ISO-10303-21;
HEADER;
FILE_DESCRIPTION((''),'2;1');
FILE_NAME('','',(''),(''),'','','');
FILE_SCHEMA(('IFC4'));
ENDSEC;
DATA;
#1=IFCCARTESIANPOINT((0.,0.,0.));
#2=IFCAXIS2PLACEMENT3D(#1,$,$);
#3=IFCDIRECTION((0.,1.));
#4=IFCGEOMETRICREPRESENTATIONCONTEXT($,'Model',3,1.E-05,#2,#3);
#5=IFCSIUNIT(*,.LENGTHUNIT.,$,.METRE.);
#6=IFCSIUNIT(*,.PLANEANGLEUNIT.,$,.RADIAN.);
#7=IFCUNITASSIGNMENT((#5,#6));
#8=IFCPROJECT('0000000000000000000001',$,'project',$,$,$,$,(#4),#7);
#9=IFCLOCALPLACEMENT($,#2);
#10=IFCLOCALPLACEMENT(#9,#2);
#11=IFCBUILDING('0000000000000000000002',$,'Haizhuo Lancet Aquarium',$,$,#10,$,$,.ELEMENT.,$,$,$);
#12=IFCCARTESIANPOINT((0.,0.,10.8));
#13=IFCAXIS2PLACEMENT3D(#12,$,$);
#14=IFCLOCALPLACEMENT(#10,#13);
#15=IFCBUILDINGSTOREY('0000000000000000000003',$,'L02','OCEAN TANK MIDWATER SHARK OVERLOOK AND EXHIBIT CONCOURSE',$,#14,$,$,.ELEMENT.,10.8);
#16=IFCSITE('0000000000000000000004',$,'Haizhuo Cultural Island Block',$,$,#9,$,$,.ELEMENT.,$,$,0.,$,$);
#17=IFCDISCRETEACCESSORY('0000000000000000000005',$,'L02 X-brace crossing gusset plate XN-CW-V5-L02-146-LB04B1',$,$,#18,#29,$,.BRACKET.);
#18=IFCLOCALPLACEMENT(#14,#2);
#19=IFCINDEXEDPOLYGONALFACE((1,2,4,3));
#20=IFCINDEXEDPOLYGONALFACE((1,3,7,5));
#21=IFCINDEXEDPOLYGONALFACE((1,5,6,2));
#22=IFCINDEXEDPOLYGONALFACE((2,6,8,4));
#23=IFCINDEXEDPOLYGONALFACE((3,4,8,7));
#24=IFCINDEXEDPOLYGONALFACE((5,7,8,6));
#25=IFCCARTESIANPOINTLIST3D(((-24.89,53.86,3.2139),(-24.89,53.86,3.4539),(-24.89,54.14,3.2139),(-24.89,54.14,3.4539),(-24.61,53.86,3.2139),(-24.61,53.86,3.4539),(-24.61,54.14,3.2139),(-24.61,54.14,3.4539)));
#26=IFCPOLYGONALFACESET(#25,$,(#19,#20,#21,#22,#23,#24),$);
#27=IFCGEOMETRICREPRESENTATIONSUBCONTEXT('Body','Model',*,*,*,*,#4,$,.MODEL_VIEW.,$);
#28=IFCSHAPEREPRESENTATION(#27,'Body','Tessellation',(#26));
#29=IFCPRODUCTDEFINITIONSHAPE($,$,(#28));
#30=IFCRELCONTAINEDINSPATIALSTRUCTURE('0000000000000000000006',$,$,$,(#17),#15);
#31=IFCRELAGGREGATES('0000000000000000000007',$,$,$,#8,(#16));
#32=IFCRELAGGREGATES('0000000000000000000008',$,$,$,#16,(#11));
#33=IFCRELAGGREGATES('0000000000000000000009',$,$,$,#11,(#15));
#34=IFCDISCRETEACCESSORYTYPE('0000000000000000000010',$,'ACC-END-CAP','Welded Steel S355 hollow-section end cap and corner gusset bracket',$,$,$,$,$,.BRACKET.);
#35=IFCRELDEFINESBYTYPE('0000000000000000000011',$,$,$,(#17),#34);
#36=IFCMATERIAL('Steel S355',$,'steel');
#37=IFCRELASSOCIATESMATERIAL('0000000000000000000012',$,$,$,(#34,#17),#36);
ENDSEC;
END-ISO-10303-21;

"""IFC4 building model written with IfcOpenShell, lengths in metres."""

from ifc_helpers import new_model, si_unit, direction, frame, origin, origin_2d, place, context, subcontext, project, spatial, rectangle, extrude, material, type_object, element, save


model = new_model("IFC4")

# Units and contexts
model_context = context("Model", 3, precision=1e-05, world=origin(), true_north=direction((0.0, 1.0)))
body_context = subcontext(model_context, "Body", "Model", "MODEL_VIEW")
ifc_project = project(units=[si_unit("LENGTHUNIT", "METRE"), si_unit("PLANEANGLEUNIT", "RADIAN")], contexts=[model_context])

# Site, building, storey
site_placement = place(None, origin())
site = spatial("IfcSite", under=ifc_project, at=site_placement, Name="Haizhuo Cultural Island Block", CompositionType="ELEMENT", RefElevation=0.0)
building_placement = place(site_placement, origin())
building = spatial("IfcBuilding", under=site, at=building_placement, Name="Haizhuo Lancet Aquarium", CompositionType="ELEMENT")
storey_placement = place(building_placement, frame((0.0, 0.0, 10.8)))
storey = spatial("IfcBuildingStorey", under=building, at=storey_placement, Name="L02", Description="OCEAN TANK MIDWATER SHARK OVERLOOK AND EXHIBIT CONCOURSE", CompositionType="ELEMENT", Elevation=10.8)

# Shared definitions
ifc_material_1 = material(Name="Steel S355", Category="steel")

# Discrete accessory
discrete_accessory_type = type_object("IfcDiscreteAccessoryType", Name="ACC-END-CAP", Description="Welded Steel S355 hollow-section end cap and corner gusset bracket", PredefinedType="BRACKET", material=ifc_material_1)
for number, where, z_axis, x_axis, name in (
    (1, (-24.75, 54.0, 3.2139), (0.0, 0.0, 1.0), (1.0, 0.0, 0.0), "L02 X-brace crossing gusset plate XN-CW-V5-L02-146-LB04B1"),
):
    element("IfcDiscreteAccessory", number, at=place(storey_placement, frame(where, z_axis=z_axis, x_axis=x_axis)), inside=storey, type_object=discrete_accessory_type, material=ifc_material_1, Name=name, PredefinedType="BRACKET", context=body_context, shape_type="SweptSolid", body=[
        extrude(rectangle(XDim=0.28, YDim=0.28, at=origin_2d()), origin(), (0.0, 0.0, 1.0), 0.24),
    ])

save(model, "model.ifc")
